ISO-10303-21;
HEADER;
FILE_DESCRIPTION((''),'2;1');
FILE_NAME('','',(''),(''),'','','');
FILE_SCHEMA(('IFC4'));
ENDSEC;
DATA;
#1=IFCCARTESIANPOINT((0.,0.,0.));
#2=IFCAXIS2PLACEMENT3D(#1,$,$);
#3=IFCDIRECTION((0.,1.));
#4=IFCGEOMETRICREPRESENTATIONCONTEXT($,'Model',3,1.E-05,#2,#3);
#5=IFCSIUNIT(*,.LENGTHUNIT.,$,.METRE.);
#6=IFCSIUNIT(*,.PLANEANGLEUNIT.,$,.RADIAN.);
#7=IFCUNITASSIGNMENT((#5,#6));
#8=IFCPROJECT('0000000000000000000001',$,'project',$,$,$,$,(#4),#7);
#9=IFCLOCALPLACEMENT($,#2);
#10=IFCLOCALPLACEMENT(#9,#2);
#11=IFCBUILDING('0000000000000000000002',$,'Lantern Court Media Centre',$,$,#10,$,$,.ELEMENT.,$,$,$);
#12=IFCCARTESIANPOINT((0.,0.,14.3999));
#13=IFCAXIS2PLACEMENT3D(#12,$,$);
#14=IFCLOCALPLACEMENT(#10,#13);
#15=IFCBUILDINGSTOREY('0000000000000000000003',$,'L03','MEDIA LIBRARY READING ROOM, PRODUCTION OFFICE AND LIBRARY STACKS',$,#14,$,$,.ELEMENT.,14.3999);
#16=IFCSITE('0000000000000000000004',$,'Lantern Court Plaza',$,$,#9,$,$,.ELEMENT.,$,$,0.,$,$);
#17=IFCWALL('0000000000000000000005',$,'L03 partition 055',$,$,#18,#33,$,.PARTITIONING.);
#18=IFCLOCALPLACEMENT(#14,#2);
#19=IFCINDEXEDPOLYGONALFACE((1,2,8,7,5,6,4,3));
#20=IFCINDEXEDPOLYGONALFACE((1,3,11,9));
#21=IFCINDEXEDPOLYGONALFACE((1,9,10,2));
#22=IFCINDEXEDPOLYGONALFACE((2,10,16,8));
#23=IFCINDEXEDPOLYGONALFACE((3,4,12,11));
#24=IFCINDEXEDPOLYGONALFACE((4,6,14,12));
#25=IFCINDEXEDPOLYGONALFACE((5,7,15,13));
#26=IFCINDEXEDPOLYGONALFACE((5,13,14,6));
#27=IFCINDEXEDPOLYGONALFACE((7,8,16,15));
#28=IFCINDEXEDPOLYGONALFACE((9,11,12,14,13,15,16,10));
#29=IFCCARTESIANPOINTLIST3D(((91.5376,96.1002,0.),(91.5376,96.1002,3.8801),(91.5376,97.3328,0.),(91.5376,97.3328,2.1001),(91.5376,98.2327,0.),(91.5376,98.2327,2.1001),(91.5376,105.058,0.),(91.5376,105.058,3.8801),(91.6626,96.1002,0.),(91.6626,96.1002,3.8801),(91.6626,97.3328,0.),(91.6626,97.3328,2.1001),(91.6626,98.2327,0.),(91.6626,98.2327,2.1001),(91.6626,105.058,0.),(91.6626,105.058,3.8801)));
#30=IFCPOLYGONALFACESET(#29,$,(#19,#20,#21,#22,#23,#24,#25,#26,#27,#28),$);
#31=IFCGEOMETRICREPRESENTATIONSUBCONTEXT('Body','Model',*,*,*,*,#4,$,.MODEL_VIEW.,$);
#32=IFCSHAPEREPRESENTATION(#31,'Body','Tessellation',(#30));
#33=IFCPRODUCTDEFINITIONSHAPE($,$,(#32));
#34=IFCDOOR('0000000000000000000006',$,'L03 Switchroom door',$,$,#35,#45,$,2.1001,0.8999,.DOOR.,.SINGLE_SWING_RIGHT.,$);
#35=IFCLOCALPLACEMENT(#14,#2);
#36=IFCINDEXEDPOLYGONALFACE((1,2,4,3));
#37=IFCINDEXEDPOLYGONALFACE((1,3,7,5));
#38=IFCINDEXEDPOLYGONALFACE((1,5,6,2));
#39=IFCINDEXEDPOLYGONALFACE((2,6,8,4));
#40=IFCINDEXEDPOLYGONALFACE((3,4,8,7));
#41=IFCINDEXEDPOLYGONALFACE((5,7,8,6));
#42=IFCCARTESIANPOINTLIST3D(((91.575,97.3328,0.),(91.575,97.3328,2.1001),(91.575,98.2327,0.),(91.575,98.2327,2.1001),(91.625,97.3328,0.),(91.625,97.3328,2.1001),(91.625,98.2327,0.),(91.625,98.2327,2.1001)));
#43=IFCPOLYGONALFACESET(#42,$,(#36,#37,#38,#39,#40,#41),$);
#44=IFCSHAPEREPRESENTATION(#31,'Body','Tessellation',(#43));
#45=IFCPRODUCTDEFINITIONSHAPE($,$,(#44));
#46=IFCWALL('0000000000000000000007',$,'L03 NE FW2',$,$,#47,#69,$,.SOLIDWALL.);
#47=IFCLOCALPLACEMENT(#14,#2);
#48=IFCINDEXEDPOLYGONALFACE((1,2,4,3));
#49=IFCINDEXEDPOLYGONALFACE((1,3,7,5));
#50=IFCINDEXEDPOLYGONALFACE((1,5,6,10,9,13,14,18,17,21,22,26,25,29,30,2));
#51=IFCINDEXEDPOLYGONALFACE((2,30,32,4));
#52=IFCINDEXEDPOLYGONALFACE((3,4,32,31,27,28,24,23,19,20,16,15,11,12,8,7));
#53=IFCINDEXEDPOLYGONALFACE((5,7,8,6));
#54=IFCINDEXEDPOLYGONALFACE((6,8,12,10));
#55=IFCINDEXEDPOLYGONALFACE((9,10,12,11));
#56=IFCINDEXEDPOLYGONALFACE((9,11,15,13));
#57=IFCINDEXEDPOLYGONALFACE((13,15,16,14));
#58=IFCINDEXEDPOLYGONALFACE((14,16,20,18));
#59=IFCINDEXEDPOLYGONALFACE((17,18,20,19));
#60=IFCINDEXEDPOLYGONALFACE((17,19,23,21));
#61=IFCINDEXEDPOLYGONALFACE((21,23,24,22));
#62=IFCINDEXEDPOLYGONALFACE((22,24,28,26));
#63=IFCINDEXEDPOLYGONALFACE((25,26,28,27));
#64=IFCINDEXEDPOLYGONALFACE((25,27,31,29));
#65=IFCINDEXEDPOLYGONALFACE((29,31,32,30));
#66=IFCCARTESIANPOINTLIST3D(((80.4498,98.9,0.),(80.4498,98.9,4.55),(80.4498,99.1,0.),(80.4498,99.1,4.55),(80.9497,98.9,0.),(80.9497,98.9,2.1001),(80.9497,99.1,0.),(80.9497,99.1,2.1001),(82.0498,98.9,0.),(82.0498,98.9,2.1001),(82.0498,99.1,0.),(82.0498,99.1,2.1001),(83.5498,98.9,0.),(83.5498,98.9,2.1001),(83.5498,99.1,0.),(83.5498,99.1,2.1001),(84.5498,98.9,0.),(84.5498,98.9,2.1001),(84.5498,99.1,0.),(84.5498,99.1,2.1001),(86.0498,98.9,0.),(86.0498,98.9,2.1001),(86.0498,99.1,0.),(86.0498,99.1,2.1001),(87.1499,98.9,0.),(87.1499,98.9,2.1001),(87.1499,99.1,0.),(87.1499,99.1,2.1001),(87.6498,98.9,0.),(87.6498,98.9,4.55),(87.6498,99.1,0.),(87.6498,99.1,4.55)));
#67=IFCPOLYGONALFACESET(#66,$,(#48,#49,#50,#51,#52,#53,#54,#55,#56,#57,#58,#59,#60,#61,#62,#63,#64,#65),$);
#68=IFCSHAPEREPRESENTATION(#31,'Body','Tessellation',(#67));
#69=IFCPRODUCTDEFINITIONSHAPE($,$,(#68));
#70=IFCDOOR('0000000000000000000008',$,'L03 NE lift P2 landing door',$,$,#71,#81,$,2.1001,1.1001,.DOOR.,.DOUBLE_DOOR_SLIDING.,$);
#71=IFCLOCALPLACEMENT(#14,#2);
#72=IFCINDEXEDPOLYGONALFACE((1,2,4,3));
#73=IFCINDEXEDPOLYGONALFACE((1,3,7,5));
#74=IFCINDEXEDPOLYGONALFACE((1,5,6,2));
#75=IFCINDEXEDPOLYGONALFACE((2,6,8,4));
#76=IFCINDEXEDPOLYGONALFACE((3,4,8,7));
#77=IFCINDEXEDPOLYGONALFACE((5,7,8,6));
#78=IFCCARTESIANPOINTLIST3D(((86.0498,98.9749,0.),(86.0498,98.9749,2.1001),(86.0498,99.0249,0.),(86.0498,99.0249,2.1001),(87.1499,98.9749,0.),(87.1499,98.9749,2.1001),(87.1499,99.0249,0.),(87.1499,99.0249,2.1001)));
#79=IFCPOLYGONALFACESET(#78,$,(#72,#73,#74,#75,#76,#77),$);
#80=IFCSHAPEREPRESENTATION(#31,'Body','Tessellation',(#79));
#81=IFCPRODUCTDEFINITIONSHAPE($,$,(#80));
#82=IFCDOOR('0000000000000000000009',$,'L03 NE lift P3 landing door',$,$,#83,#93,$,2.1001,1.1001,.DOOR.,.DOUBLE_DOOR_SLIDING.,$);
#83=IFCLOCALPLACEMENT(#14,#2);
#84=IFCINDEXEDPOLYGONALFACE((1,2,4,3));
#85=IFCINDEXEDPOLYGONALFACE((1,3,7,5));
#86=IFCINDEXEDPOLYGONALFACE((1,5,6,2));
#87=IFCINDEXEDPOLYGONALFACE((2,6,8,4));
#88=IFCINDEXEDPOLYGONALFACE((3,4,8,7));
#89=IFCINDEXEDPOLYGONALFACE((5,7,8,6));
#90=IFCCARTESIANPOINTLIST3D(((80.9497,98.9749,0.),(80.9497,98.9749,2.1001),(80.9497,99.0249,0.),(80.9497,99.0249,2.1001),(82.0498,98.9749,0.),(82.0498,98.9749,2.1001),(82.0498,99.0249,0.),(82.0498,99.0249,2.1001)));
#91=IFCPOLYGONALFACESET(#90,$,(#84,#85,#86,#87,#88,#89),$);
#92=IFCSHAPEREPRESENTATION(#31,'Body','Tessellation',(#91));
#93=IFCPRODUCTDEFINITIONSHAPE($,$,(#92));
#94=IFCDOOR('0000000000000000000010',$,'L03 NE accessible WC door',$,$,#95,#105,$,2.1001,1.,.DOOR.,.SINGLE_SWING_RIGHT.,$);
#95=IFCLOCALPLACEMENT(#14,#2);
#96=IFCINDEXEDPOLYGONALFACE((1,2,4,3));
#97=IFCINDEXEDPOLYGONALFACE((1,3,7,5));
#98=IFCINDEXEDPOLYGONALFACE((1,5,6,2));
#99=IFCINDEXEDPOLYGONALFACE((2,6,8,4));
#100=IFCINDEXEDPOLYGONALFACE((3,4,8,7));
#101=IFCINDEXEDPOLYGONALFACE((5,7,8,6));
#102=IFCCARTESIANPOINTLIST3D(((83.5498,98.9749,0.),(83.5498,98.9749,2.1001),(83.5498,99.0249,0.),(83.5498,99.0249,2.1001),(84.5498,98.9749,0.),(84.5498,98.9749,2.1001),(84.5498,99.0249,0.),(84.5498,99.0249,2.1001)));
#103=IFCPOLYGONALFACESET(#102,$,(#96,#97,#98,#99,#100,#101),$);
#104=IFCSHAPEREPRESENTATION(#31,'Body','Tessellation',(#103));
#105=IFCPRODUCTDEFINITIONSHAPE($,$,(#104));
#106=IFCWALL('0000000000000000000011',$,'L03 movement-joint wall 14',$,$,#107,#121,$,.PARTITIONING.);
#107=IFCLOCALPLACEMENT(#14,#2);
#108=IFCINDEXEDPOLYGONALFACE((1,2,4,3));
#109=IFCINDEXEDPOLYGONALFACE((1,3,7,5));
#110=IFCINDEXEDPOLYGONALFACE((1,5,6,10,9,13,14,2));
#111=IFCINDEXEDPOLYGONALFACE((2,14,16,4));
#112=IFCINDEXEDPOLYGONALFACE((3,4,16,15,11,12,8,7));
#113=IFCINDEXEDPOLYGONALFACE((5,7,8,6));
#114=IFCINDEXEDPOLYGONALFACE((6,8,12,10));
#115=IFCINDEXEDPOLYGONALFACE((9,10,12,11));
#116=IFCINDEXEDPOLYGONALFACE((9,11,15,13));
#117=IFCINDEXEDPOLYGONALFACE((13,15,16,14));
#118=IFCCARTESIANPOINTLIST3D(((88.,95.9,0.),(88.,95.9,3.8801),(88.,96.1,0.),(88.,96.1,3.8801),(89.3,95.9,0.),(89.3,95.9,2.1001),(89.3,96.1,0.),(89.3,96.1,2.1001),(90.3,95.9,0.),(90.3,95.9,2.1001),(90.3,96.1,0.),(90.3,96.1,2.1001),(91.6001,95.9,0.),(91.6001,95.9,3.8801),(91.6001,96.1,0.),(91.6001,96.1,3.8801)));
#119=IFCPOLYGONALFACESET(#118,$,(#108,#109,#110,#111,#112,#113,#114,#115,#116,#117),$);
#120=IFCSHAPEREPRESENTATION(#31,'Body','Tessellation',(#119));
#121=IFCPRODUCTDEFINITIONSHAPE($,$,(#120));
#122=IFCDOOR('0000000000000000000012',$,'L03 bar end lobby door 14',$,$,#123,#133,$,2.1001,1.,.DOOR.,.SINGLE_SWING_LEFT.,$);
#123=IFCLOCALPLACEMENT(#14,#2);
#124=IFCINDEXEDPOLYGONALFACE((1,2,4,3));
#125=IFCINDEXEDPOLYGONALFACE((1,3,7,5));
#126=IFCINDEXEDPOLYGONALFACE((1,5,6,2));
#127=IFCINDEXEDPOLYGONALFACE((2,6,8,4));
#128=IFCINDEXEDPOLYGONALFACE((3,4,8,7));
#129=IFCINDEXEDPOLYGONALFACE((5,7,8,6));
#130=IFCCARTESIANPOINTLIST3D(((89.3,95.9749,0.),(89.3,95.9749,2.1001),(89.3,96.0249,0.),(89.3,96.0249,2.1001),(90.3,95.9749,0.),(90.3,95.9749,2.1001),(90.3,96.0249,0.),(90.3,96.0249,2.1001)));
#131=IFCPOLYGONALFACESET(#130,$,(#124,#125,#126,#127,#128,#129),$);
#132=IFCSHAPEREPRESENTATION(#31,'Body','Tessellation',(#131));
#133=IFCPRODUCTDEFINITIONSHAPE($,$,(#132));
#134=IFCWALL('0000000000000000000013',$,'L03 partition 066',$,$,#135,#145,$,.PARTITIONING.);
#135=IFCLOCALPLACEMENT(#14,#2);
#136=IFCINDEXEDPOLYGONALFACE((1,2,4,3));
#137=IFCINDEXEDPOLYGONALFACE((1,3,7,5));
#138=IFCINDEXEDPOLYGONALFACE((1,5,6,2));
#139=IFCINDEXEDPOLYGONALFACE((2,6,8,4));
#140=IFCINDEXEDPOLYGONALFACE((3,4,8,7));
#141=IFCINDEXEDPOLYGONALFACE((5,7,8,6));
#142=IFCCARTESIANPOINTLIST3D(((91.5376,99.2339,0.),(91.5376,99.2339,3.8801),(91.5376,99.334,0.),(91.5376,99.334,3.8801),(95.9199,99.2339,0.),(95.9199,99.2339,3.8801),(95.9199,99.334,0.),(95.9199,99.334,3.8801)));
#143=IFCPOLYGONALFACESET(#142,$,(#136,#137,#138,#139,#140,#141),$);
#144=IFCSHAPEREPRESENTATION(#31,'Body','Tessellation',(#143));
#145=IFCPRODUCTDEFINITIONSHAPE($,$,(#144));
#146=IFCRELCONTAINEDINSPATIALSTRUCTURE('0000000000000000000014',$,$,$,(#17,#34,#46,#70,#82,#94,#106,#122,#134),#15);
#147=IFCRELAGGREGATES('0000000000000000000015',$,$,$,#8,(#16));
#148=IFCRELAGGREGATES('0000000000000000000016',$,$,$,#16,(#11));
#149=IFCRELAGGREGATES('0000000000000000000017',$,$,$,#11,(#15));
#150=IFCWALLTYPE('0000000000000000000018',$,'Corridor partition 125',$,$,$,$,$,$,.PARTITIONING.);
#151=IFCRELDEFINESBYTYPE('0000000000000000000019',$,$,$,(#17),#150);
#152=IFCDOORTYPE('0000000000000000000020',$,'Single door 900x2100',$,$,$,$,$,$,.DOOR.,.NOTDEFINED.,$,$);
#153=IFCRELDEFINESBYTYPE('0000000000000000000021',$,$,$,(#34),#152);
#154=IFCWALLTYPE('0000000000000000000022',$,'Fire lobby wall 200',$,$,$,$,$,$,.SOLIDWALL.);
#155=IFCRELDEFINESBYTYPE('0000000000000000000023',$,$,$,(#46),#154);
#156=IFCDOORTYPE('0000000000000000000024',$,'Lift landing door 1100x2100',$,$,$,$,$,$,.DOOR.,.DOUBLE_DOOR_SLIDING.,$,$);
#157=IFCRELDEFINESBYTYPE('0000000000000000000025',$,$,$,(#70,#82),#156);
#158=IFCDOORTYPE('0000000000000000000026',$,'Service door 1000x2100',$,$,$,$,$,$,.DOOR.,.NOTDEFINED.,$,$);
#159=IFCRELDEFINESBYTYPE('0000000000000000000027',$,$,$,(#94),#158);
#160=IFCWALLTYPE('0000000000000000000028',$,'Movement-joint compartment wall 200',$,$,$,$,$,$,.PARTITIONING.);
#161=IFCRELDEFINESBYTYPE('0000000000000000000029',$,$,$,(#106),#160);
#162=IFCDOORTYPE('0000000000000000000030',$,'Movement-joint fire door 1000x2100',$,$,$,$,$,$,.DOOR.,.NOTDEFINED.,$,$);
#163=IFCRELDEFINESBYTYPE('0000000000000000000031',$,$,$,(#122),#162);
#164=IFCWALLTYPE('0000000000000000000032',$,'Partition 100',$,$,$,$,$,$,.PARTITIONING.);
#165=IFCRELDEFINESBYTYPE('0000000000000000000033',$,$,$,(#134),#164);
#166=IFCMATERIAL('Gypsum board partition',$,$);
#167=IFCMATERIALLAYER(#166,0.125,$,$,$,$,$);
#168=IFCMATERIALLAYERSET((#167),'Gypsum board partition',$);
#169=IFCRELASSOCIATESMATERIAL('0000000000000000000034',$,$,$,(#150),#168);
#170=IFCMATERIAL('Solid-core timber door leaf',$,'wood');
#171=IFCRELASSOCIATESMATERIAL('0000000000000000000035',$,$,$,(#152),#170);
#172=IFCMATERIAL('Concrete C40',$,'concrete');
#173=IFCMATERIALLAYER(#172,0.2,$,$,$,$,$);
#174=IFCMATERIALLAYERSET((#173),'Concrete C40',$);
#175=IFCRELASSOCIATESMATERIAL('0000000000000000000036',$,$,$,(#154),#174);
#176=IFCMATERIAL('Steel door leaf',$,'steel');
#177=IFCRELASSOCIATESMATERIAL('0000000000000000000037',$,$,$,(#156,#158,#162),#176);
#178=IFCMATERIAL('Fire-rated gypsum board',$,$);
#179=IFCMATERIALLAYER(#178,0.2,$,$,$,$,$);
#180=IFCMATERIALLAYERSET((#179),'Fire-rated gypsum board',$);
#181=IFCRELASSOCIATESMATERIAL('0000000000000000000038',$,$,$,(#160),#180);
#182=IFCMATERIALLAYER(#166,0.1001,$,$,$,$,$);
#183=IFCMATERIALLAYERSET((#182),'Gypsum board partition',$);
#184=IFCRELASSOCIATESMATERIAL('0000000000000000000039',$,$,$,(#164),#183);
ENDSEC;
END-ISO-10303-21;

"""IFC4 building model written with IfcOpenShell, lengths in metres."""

from ifc_helpers import new_model, si_unit, direction, frame, frame_2d, origin, place, context, subcontext, project, spatial, rectangle, extrude, material, layer, layer_set, type_object, element, fill, save


model = new_model("IFC4")

# Units and contexts
model_context = context("Model", 3, precision=1e-05, world=origin(), true_north=direction((0.0, 1.0)))
body_context = subcontext(model_context, "Body", "Model", "MODEL_VIEW")
ifc_project = project(units=[si_unit("LENGTHUNIT", "METRE"), si_unit("PLANEANGLEUNIT", "RADIAN")], contexts=[model_context])

# Site, building, storey
site_placement = place(None, origin())
site = spatial("IfcSite", under=ifc_project, at=site_placement, Name="Lantern Court Plaza", CompositionType="ELEMENT", RefElevation=0.0)
building_placement = place(site_placement, origin())
building = spatial("IfcBuilding", under=site, at=building_placement, Name="Lantern Court Media Centre", CompositionType="ELEMENT")
storey_placement = place(building_placement, frame((0.0, 0.0, 14.3999)))
storey = spatial("IfcBuildingStorey", under=building, at=storey_placement, Name="L03", Description="MEDIA LIBRARY READING ROOM, PRODUCTION OFFICE AND LIBRARY STACKS", CompositionType="ELEMENT", Elevation=14.3999)

# Wall, opening, door
ifc_material_1 = material(Name="Gypsum board partition")
ifc_layer_1 = layer(ifc_material_1, 0.125)
ifc_layer_set_1 = layer_set([ifc_layer_1], Name="Gypsum board partition")
wall_type_1 = type_object("IfcWallType", Name="Corridor partition 125", PredefinedType="PARTITIONING", material=ifc_layer_set_1)
ifc_material_2 = material(Name="Solid-core timber door leaf", Category="wood")
wall_1_placement = place(storey_placement, frame((91.6001, 96.1001, 0.0), z_axis=(0.0, 0.0, 1.0), x_axis=(0.0, 1.0, 0.0)))
wall_1 = element("IfcWall", 1, at=wall_1_placement, inside=storey, type_object=wall_type_1, Name="L03 partition 055", PredefinedType="PARTITIONING", context=body_context, shape_type="SweptSolid", body=[
    extrude(rectangle(XDim=8.9578, YDim=0.125, at=frame_2d((4.479, 0.0))), origin(), (0.0, 0.0, 1.0), 3.8801),
])
opening_1_placement = place(wall_1_placement, frame((1.2327, 0.0, 0.0)))
opening_1 = element("IfcOpeningElement", 2, at=opening_1_placement, cuts=wall_1, PredefinedType="OPENING", context=body_context, shape_type="SweptSolid", body=[
    extrude(rectangle(XDim=0.8999, YDim=2.1001, at=frame_2d((0.45, 1.05))), frame((0.0, 0.0725, 0.0), z_axis=(0.0, -1.0, 0.0), x_axis=(1.0, 0.0, 0.0)), (0.0, 0.0, 1.0), 0.145),
])
door_type_1 = type_object("IfcDoorType", Name="Single door 900x2100", OperationType="NOTDEFINED", PredefinedType="DOOR", material=ifc_material_2)
door_1_placement = place(opening_1_placement, frame((0.8999, 0.0, 0.0), z_axis=(0.0, 0.0, 1.0), x_axis=(-1.0, 0.0, 0.0)))
door_1 = element("IfcDoor", 3, at=door_1_placement, inside=storey, type_object=door_type_1, Name="L03 Switchroom door", OperationType="SINGLE_SWING_RIGHT", OverallHeight=2.1001, OverallWidth=0.8999, PredefinedType="DOOR", context=body_context, shape_type="SweptSolid", body=[
    extrude(rectangle(XDim=0.8999, YDim=2.1001, at=frame_2d((0.45, 1.05))), frame((0.0, 0.0249, 0.0), z_axis=(0.0, -1.0, 0.0), x_axis=(1.0, 0.0, 0.0)), (0.0, 0.0, 1.0), 0.05),
])
fill(opening_1, door_1)

# Wall, openings, doors
ifc_material_3 = material(Name="Concrete C40", Category="concrete")
ifc_layer_2 = layer(ifc_material_3, 0.2)
ifc_layer_set_2 = layer_set([ifc_layer_2], Name="Concrete C40")
wall_type_2 = type_object("IfcWallType", Name="Fire lobby wall 200", PredefinedType="SOLIDWALL", material=ifc_layer_set_2)
wall_2_placement = place(storey_placement, frame((87.6499, 99.0, 0.0), z_axis=(0.0, 0.0, 1.0), x_axis=(-1.0, 0.0, 0.0)))
wall_2 = element("IfcWall", 4, at=wall_2_placement, inside=storey, type_object=wall_type_2, Name="L03 NE FW2", PredefinedType="SOLIDWALL", context=body_context, shape_type="SweptSolid", body=[
    extrude(rectangle(XDim=7.2, YDim=0.2, at=frame_2d((3.6001, 0.0))), origin(), (0.0, 0.0, 1.0), 4.55),
])
opening_2_placement = place(wall_2_placement, frame((0.5, 0.0, 0.0)))
opening_2 = element("IfcOpeningElement", 5, at=opening_2_placement, cuts=wall_2, PredefinedType="OPENING", context=body_context, shape_type="SweptSolid", body=[
    extrude(rectangle(XDim=1.1001, YDim=2.1001, at=frame_2d((0.55, 1.05))), frame((0.0, 0.1099, 0.0), z_axis=(0.0, -1.0, 0.0), x_axis=(1.0, 0.0, 0.0)), (0.0, 0.0, 1.0), 0.22),
])
opening_3_placement = place(wall_2_placement, frame((5.6001, 0.0, 0.0)))
opening_3 = element("IfcOpeningElement", 6, at=opening_3_placement, cuts=wall_2, PredefinedType="OPENING", context=body_context, shape_type="SweptSolid", body=[
    extrude(rectangle(XDim=1.1001, YDim=2.1001, at=frame_2d((0.55, 1.05))), frame((0.0, 0.1099, 0.0), z_axis=(0.0, -1.0, 0.0), x_axis=(1.0, 0.0, 0.0)), (0.0, 0.0, 1.0), 0.22),
])
opening_4_placement = place(wall_2_placement, frame((3.1001, 0.0, 0.0)))
opening_4 = element("IfcOpeningElement", 7, at=opening_4_placement, cuts=wall_2, PredefinedType="OPENING", context=body_context, shape_type="SweptSolid", body=[
    extrude(rectangle(XDim=1.0, YDim=2.1001, at=frame_2d((0.5, 1.05))), frame((0.0, 0.1099, 0.0), z_axis=(0.0, -1.0, 0.0), x_axis=(1.0, 0.0, 0.0)), (0.0, 0.0, 1.0), 0.22),
])
ifc_material_4 = material(Name="Steel door leaf", Category="steel")
door_type_2 = type_object("IfcDoorType", Name="Lift landing door 1100x2100", OperationType="DOUBLE_DOOR_SLIDING", PredefinedType="DOOR", material=ifc_material_4)
door_2_placement = place(opening_2_placement, frame((1.1001, 0.0, 0.0), z_axis=(0.0, 0.0, 1.0), x_axis=(-1.0, 0.0, 0.0)))
door_2 = element("IfcDoor", 8, at=door_2_placement, inside=storey, type_object=door_type_2, Name="L03 NE lift P2 landing door", OperationType="DOUBLE_DOOR_SLIDING", OverallHeight=2.1001, OverallWidth=1.1001, PredefinedType="DOOR", context=body_context, shape_type="SweptSolid", body=[
    extrude(rectangle(XDim=1.1001, YDim=2.1001, at=frame_2d((0.55, 1.05))), frame((0.0, 0.0249, 0.0), z_axis=(0.0, -1.0, 0.0), x_axis=(1.0, 0.0, 0.0)), (0.0, 0.0, 1.0), 0.05),
])
fill(opening_2, door_2)
door_3_placement = place(opening_3_placement, frame((1.1001, 0.0, 0.0), z_axis=(0.0, 0.0, 1.0), x_axis=(-1.0, 0.0, 0.0)))
door_3 = element("IfcDoor", 9, at=door_3_placement, inside=storey, type_object=door_type_2, Name="L03 NE lift P3 landing door", OperationType="DOUBLE_DOOR_SLIDING", OverallHeight=2.1001, OverallWidth=1.1001, PredefinedType="DOOR", context=body_context, shape_type="SweptSolid", body=[
    extrude(rectangle(XDim=1.1001, YDim=2.1001, at=frame_2d((0.55, 1.05))), frame((0.0, 0.0249, 0.0), z_axis=(0.0, -1.0, 0.0), x_axis=(1.0, 0.0, 0.0)), (0.0, 0.0, 1.0), 0.05),
])
fill(opening_3, door_3)
door_type_3 = type_object("IfcDoorType", Name="Service door 1000x2100", OperationType="NOTDEFINED", PredefinedType="DOOR", material=ifc_material_4)
door_4_placement = place(opening_4_placement, frame((1.0, 0.0, 0.0), z_axis=(0.0, 0.0, 1.0), x_axis=(-1.0, 0.0, 0.0)))
door_4 = element("IfcDoor", 10, at=door_4_placement, inside=storey, type_object=door_type_3, Name="L03 NE accessible WC door", OperationType="SINGLE_SWING_RIGHT", OverallHeight=2.1001, OverallWidth=1.0, PredefinedType="DOOR", context=body_context, shape_type="SweptSolid", body=[
    extrude(rectangle(XDim=1.0, YDim=2.1001, at=frame_2d((0.5, 1.05))), frame((0.0, 0.0249, 0.0), z_axis=(0.0, -1.0, 0.0), x_axis=(1.0, 0.0, 0.0)), (0.0, 0.0, 1.0), 0.05),
])
fill(opening_4, door_4)

# Wall, opening, door
ifc_material_5 = material(Name="Fire-rated gypsum board")
ifc_layer_3 = layer(ifc_material_5, 0.2)
ifc_layer_set_3 = layer_set([ifc_layer_3], Name="Fire-rated gypsum board")
wall_type_3 = type_object("IfcWallType", Name="Movement-joint compartment wall 200", PredefinedType="PARTITIONING", material=ifc_layer_set_3)
wall_3_placement = place(storey_placement, frame((88.0, 96.0, 0.0), z_axis=(0.0, 0.0, 1.0), x_axis=(1.0, 0.0, 0.0)))
wall_3 = element("IfcWall", 11, at=wall_3_placement, inside=storey, type_object=wall_type_3, Name="L03 movement-joint wall 14", PredefinedType="PARTITIONING", context=body_context, shape_type="SweptSolid", body=[
    extrude(rectangle(XDim=3.6001, YDim=0.2, at=frame_2d((1.8, 0.0))), origin(), (0.0, 0.0, 1.0), 3.8801),
])
opening_5_placement = place(wall_3_placement, frame((1.3, 0.0, 0.0)))
opening_5 = element("IfcOpeningElement", 12, at=opening_5_placement, cuts=wall_3, PredefinedType="OPENING", context=body_context, shape_type="SweptSolid", body=[
    extrude(rectangle(XDim=1.0, YDim=2.1001, at=frame_2d((0.5, 1.05))), frame((0.0, 0.1099, 0.0), z_axis=(0.0, -1.0, 0.0), x_axis=(1.0, 0.0, 0.0)), (0.0, 0.0, 1.0), 0.22),
])
door_type_4 = type_object("IfcDoorType", Name="Movement-joint fire door 1000x2100", OperationType="NOTDEFINED", PredefinedType="DOOR", material=ifc_material_4)
door_5_placement = place(opening_5_placement, origin())
door_5 = element("IfcDoor", 13, at=door_5_placement, inside=storey, type_object=door_type_4, Name="L03 bar end lobby door 14", OperationType="SINGLE_SWING_LEFT", OverallHeight=2.1001, OverallWidth=1.0, PredefinedType="DOOR", context=body_context, shape_type="SweptSolid", body=[
    extrude(rectangle(XDim=1.0, YDim=2.1001, at=frame_2d((0.5, 1.05))), frame((0.0, 0.0249, 0.0), z_axis=(0.0, -1.0, 0.0), x_axis=(1.0, 0.0, 0.0)), (0.0, 0.0, 1.0), 0.05),
])
fill(opening_5, door_5)

# Wall
ifc_layer_4 = layer(ifc_material_1, 0.1001)
ifc_layer_set_4 = layer_set([ifc_layer_4], Name="Gypsum board partition")
wall_type_4 = type_object("IfcWallType", Name="Partition 100", PredefinedType="PARTITIONING", material=ifc_layer_set_4)
wall_4_placement = place(storey_placement, frame((91.5376, 99.2839, 0.0), z_axis=(0.0, 0.0, 1.0), x_axis=(1.0, 0.0, 0.0)))
element("IfcWall", 14, at=wall_4_placement, inside=storey, type_object=wall_type_4, Name="L03 partition 066", PredefinedType="PARTITIONING", context=body_context, shape_type="SweptSolid", body=[
    extrude(rectangle(XDim=4.3823, YDim=0.1001, at=frame_2d((2.1912, 0.0))), origin(), (0.0, 0.0, 1.0), 3.8801),
])

save(model, "model.ifc")
